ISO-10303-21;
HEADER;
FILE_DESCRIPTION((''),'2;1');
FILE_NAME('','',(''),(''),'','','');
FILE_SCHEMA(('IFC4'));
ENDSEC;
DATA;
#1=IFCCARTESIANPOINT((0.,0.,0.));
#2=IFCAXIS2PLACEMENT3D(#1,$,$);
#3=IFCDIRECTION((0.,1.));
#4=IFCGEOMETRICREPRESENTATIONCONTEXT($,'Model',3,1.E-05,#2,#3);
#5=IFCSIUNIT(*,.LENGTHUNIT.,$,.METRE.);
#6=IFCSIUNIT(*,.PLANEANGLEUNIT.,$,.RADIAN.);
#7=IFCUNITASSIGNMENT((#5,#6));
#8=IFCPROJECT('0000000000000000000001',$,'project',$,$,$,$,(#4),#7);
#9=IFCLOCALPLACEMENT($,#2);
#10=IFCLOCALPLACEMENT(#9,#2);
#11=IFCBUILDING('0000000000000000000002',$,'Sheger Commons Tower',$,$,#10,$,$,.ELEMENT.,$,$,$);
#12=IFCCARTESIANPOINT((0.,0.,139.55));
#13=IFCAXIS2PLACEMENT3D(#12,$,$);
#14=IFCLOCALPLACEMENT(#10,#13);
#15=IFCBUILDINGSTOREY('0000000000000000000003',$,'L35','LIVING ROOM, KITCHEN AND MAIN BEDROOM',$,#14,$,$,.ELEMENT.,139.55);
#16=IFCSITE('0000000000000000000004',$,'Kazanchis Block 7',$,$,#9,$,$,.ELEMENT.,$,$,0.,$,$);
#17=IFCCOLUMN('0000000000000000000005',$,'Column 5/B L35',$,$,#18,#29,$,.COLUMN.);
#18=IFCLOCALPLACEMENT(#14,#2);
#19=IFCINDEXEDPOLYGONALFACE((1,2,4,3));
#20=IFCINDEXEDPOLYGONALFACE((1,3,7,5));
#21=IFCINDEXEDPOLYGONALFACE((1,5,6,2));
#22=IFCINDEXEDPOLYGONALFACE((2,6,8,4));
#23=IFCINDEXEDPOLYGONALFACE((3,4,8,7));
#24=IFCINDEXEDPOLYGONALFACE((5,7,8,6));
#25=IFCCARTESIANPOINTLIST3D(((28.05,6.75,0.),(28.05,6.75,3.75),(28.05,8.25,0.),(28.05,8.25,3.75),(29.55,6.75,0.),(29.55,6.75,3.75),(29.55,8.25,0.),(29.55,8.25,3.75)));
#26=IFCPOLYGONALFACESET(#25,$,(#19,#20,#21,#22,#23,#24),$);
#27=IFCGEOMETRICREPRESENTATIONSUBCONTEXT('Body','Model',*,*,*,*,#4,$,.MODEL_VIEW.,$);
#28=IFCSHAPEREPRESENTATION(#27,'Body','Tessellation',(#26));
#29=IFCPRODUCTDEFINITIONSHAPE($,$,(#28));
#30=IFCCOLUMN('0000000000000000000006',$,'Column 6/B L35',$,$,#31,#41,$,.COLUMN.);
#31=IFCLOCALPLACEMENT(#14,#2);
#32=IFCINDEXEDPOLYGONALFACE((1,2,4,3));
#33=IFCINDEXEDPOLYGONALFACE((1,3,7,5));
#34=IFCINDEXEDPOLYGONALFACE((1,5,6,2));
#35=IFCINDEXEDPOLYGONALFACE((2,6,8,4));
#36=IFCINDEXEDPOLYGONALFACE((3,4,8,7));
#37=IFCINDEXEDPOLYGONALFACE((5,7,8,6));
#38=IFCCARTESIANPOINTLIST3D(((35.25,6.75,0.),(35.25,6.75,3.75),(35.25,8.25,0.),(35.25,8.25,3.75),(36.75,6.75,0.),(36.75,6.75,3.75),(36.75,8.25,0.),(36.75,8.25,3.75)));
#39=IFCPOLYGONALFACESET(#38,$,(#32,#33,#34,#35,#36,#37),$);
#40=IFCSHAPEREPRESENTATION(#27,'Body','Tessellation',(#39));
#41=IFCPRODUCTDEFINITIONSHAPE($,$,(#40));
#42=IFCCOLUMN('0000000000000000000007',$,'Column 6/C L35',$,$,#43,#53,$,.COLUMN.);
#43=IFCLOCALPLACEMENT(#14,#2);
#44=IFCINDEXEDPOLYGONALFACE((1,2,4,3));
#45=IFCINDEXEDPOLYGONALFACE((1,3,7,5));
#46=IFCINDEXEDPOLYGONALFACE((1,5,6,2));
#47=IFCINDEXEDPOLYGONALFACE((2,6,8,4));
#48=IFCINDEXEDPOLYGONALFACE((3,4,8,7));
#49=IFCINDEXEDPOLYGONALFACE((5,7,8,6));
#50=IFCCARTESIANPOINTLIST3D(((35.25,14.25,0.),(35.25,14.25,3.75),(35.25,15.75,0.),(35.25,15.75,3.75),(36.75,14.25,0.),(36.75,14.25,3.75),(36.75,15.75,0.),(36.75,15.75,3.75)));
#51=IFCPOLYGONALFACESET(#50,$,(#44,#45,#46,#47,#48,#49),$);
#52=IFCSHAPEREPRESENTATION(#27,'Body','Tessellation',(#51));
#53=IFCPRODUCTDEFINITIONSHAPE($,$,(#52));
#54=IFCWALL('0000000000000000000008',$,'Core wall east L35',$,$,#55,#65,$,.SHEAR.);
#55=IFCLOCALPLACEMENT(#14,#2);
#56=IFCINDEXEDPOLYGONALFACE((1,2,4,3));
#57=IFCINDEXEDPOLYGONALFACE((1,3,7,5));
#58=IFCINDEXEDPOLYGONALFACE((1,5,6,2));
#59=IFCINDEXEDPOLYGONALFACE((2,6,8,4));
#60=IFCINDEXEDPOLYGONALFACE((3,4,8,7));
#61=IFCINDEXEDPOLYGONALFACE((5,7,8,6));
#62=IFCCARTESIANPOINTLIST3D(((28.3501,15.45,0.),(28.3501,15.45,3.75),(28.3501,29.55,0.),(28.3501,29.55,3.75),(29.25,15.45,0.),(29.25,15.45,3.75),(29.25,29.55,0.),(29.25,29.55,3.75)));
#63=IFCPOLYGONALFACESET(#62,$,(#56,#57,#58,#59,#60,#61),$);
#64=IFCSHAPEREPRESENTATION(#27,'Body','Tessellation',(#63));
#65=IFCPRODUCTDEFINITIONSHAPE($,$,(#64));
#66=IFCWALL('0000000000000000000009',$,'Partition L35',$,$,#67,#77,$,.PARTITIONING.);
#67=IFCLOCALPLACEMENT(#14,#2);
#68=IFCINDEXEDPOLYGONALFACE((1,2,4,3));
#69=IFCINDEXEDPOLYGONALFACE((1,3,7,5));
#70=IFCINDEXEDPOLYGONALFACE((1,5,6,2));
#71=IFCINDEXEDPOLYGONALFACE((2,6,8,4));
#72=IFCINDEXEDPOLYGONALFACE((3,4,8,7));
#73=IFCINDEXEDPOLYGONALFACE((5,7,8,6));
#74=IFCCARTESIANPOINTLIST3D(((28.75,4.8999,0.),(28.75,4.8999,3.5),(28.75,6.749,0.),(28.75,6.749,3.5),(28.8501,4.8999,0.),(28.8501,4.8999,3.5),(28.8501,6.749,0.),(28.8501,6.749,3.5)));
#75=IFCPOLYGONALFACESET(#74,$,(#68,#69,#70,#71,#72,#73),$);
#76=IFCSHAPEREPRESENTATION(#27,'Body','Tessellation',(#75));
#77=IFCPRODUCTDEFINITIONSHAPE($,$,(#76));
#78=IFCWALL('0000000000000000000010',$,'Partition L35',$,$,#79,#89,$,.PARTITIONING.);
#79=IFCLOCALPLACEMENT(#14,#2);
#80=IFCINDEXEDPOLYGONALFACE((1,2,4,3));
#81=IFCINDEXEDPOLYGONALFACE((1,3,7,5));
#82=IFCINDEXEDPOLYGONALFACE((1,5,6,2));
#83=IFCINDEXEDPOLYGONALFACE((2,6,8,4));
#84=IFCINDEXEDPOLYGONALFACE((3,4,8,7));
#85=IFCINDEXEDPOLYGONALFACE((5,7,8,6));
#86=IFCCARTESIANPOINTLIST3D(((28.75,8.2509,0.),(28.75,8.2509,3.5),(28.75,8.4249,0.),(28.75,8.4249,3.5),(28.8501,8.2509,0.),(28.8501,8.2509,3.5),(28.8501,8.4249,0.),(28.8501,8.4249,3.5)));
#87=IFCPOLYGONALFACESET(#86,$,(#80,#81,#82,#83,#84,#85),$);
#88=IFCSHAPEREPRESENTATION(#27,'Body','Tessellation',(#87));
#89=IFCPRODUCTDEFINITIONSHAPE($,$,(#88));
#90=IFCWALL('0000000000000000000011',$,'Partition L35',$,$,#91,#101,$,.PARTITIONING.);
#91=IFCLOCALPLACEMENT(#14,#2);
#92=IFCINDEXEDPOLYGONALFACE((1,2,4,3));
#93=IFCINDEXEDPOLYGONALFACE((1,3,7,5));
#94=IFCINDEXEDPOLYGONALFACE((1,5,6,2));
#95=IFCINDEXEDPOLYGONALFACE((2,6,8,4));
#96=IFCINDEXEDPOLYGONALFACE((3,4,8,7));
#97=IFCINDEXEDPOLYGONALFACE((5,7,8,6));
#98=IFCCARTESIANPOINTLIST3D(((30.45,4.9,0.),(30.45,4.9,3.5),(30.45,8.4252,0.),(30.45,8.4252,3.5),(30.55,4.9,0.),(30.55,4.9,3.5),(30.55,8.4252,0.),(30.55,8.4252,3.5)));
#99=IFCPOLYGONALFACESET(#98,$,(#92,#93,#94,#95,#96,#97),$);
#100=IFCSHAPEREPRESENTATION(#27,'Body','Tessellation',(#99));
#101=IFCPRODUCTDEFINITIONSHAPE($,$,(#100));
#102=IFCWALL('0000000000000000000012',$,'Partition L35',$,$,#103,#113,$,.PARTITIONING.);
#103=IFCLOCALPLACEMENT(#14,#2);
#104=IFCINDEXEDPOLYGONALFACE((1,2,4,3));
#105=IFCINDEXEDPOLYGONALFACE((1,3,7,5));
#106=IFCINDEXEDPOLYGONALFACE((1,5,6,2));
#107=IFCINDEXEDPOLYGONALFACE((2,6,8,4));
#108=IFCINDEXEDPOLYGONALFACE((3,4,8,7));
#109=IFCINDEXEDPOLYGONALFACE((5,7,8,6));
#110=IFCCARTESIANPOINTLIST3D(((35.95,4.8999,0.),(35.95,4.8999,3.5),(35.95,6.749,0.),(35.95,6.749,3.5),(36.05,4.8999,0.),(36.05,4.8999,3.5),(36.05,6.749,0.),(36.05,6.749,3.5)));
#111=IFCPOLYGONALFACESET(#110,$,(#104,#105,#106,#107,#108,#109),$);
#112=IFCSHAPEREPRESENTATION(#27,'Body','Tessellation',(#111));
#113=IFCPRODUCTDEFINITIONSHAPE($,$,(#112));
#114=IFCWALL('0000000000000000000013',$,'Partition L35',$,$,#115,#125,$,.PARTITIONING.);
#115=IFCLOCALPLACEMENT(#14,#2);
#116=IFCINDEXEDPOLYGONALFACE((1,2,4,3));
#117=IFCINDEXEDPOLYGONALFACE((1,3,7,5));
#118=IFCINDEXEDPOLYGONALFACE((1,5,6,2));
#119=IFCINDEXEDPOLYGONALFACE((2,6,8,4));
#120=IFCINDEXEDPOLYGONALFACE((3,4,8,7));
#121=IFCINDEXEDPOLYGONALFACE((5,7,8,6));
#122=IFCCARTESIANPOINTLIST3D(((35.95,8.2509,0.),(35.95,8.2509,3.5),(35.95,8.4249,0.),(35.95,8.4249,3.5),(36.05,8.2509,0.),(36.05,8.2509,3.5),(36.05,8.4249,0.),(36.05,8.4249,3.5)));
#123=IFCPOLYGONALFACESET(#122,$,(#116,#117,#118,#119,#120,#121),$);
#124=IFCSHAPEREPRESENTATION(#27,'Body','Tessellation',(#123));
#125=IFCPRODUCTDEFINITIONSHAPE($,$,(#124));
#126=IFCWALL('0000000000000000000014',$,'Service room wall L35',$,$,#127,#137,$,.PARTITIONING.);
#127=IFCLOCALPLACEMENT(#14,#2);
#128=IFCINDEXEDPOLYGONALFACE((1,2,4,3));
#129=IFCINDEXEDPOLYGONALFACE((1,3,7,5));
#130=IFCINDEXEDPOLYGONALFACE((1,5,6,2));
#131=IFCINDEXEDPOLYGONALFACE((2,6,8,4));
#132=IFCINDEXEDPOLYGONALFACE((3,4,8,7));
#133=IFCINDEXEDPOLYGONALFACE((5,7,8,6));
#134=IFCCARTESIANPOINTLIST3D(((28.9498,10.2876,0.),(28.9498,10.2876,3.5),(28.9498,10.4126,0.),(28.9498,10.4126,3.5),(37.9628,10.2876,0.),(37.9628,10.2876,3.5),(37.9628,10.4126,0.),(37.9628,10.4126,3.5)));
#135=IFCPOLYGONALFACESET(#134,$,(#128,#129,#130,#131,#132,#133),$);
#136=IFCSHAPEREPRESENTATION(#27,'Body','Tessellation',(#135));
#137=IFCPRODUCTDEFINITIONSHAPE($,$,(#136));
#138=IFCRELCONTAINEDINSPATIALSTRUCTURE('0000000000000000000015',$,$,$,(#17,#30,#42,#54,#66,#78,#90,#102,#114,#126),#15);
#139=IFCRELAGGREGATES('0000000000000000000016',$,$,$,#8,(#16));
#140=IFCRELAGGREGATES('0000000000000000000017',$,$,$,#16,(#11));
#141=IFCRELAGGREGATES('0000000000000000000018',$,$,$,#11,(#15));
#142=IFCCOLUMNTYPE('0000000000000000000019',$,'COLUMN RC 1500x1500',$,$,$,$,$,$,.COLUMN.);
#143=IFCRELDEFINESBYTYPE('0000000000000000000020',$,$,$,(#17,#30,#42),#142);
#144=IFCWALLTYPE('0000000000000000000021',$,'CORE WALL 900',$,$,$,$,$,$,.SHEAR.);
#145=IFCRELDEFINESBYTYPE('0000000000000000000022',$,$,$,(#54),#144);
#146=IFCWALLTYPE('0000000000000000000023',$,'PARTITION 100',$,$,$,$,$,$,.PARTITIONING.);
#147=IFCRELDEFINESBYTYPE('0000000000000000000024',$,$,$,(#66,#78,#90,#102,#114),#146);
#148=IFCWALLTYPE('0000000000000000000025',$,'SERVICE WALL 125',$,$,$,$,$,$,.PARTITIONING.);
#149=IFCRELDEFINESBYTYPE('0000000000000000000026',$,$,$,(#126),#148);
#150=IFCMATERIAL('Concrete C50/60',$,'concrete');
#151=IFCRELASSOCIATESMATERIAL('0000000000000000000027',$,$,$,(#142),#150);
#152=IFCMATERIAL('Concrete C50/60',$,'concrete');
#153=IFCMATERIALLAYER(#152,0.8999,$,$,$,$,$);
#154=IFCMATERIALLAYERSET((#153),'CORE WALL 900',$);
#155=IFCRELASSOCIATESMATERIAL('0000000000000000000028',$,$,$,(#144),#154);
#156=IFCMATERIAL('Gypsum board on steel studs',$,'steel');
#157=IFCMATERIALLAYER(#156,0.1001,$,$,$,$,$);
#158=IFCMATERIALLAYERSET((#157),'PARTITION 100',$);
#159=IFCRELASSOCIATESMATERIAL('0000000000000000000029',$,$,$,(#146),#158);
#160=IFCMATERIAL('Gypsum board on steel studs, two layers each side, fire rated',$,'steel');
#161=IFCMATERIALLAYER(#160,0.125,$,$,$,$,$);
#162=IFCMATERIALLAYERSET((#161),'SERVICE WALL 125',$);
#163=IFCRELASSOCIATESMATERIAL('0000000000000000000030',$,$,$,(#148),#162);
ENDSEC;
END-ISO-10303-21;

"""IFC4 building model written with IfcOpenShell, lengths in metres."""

from ifc_helpers import new_model, si_unit, direction, frame, frame_2d, origin, origin_2d, place, context, subcontext, project, spatial, rectangle, extrude, material, layer, layer_set, material_profile, profile_set, type_object, element, save


model = new_model("IFC4")

# Units and contexts
model_context = context("Model", 3, precision=1e-05, world=origin(), true_north=direction((0.0, 1.0)))
body_context = subcontext(model_context, "Body", "Model", "MODEL_VIEW")
ifc_project = project(units=[si_unit("LENGTHUNIT", "METRE"), si_unit("PLANEANGLEUNIT", "RADIAN")], contexts=[model_context])

# Site, building, storey
site_placement = place(None, origin())
site = spatial("IfcSite", under=ifc_project, at=site_placement, Name="Kazanchis Block 7", CompositionType="ELEMENT", RefElevation=0.0)
building_placement = place(site_placement, origin())
building = spatial("IfcBuilding", under=site, at=building_placement, Name="Sheger Commons Tower", CompositionType="ELEMENT")
storey_placement = place(building_placement, frame((0.0, 0.0, 139.55)))
storey = spatial("IfcBuildingStorey", under=building, at=storey_placement, Name="L35", Description="LIVING ROOM, KITCHEN AND MAIN BEDROOM", CompositionType="ELEMENT", Elevation=139.55)

# Columns
ifc_material_1 = material(Name="Concrete C50/60", Category="concrete")
ifc_material_profile = material_profile(ifc_material_1, rectangle(XDim=1.5, YDim=1.5, at=origin_2d()), Name="RC 1500x1500")
ifc_profile_set = profile_set([ifc_material_profile], Name="Concrete C50/60")
column_type = type_object("IfcColumnType", Name="COLUMN RC 1500x1500", PredefinedType="COLUMN", material=ifc_profile_set)
for number, where, z_axis, x_axis, name in (
    (1, (28.8, 7.5, 0.0), (0.0, 0.0, 1.0), (1.0, 0.0, 0.0), "Column 5/B L35"),
    (2, (36.0, 7.5, 0.0), (0.0, 0.0, 1.0), (1.0, 0.0, 0.0), "Column 6/B L35"),
    (3, (36.0, 15.0, 0.0), (0.0, 0.0, 1.0), (1.0, 0.0, 0.0), "Column 6/C L35"),
):
    element("IfcColumn", number, at=place(storey_placement, frame(where, z_axis=z_axis, x_axis=x_axis)), inside=storey, type_object=column_type, Name=name, PredefinedType="COLUMN", context=body_context, shape_type="SweptSolid", body=[
        extrude(rectangle(XDim=1.5, YDim=1.5, at=origin_2d()), origin(), (0.0, 0.0, 1.0), 3.75),
    ])

# Walls
ifc_material_2 = material(Name="Concrete C50/60", Category="concrete")
ifc_layer_1 = layer(ifc_material_2, 0.8999)
ifc_layer_set_1 = layer_set([ifc_layer_1], Name="CORE WALL 900")
wall_type_1 = type_object("IfcWallType", Name="CORE WALL 900", PredefinedType="SHEAR", material=ifc_layer_set_1)
wall_1_placement = place(storey_placement, frame((28.8, 15.45, 0.0), z_axis=(0.0, 0.0, 1.0), x_axis=(0.0, 1.0, 0.0)))
element("IfcWall", 4, at=wall_1_placement, inside=storey, type_object=wall_type_1, Name="Core wall east L35", PredefinedType="SHEAR", context=body_context, shape_type="SweptSolid", body=[
    extrude(rectangle(XDim=14.1001, YDim=0.8999, at=frame_2d((7.05, 0.0))), origin(), (0.0, 0.0, 1.0), 3.75),
])
ifc_material_3 = material(Name="Gypsum board on steel studs", Category="steel")
ifc_layer_2 = layer(ifc_material_3, 0.1001)
ifc_layer_set_2 = layer_set([ifc_layer_2], Name="PARTITION 100")
wall_type_2 = type_object("IfcWallType", Name="PARTITION 100", PredefinedType="PARTITIONING", material=ifc_layer_set_2)
wall_2_placement = place(storey_placement, frame((28.8, 4.8999, 0.0), z_axis=(0.0, 0.0, 1.0), x_axis=(0.0, 1.0, 0.0)))
element("IfcWall", 5, at=wall_2_placement, inside=storey, type_object=wall_type_2, Name="Partition L35", PredefinedType="PARTITIONING", context=body_context, shape_type="SweptSolid", body=[
    extrude(rectangle(XDim=1.8491, YDim=0.1001, at=frame_2d((0.9246, 0.0))), origin(), (0.0, 0.0, 1.0), 3.5),
])
wall_3_placement = place(storey_placement, frame((28.8, 8.251, 0.0), z_axis=(0.0, 0.0, 1.0), x_axis=(0.0, 1.0, 0.0)))
element("IfcWall", 6, at=wall_3_placement, inside=storey, type_object=wall_type_2, Name="Partition L35", PredefinedType="PARTITIONING", context=body_context, shape_type="SweptSolid", body=[
    extrude(rectangle(XDim=0.1741, YDim=0.1001, at=frame_2d((0.0869, 0.0))), origin(), (0.0, 0.0, 1.0), 3.5),
])
wall_4_placement = place(storey_placement, frame((30.5, 4.8999, 0.0), z_axis=(0.0, 0.0, 1.0), x_axis=(0.0, 1.0, 0.0)))
element("IfcWall", 7, at=wall_4_placement, inside=storey, type_object=wall_type_2, Name="Partition L35", PredefinedType="PARTITIONING", context=body_context, shape_type="SweptSolid", body=[
    extrude(rectangle(XDim=3.5251, YDim=0.1001, at=frame_2d((1.7627, 0.0))), origin(), (0.0, 0.0, 1.0), 3.5),
])
wall_5_placement = place(storey_placement, frame((36.0, 4.8999, 0.0), z_axis=(0.0, 0.0, 1.0), x_axis=(0.0, 1.0, 0.0)))
element("IfcWall", 8, at=wall_5_placement, inside=storey, type_object=wall_type_2, Name="Partition L35", PredefinedType="PARTITIONING", context=body_context, shape_type="SweptSolid", body=[
    extrude(rectangle(XDim=1.8491, YDim=0.1001, at=frame_2d((0.9246, 0.0))), origin(), (0.0, 0.0, 1.0), 3.5),
])
wall_6_placement = place(storey_placement, frame((36.0, 8.251, 0.0), z_axis=(0.0, 0.0, 1.0), x_axis=(0.0, 1.0, 0.0)))
element("IfcWall", 9, at=wall_6_placement, inside=storey, type_object=wall_type_2, Name="Partition L35", PredefinedType="PARTITIONING", context=body_context, shape_type="SweptSolid", body=[
    extrude(rectangle(XDim=0.1741, YDim=0.1001, at=frame_2d((0.0869, 0.0))), origin(), (0.0, 0.0, 1.0), 3.5),
])
ifc_material_4 = material(Name="Gypsum board on steel studs, two layers each side, fire rated", Category="steel")
ifc_layer_3 = layer(ifc_material_4, 0.125)
ifc_layer_set_3 = layer_set([ifc_layer_3], Name="SERVICE WALL 125")
wall_type_3 = type_object("IfcWallType", Name="SERVICE WALL 125", PredefinedType="PARTITIONING", material=ifc_layer_set_3)
wall_7_placement = place(storey_placement, frame((28.95, 10.3501, 0.0), z_axis=(0.0, 0.0, 1.0), x_axis=(1.0, 0.0, 0.0)))
element("IfcWall", 10, at=wall_7_placement, inside=storey, type_object=wall_type_3, Name="Service room wall L35", PredefinedType="PARTITIONING", context=body_context, shape_type="SweptSolid", body=[
    extrude(rectangle(XDim=9.0129, YDim=0.125, at=frame_2d((4.5063, 0.0))), origin(), (0.0, 0.0, 1.0), 3.5),
])

save(model, "model.ifc")
